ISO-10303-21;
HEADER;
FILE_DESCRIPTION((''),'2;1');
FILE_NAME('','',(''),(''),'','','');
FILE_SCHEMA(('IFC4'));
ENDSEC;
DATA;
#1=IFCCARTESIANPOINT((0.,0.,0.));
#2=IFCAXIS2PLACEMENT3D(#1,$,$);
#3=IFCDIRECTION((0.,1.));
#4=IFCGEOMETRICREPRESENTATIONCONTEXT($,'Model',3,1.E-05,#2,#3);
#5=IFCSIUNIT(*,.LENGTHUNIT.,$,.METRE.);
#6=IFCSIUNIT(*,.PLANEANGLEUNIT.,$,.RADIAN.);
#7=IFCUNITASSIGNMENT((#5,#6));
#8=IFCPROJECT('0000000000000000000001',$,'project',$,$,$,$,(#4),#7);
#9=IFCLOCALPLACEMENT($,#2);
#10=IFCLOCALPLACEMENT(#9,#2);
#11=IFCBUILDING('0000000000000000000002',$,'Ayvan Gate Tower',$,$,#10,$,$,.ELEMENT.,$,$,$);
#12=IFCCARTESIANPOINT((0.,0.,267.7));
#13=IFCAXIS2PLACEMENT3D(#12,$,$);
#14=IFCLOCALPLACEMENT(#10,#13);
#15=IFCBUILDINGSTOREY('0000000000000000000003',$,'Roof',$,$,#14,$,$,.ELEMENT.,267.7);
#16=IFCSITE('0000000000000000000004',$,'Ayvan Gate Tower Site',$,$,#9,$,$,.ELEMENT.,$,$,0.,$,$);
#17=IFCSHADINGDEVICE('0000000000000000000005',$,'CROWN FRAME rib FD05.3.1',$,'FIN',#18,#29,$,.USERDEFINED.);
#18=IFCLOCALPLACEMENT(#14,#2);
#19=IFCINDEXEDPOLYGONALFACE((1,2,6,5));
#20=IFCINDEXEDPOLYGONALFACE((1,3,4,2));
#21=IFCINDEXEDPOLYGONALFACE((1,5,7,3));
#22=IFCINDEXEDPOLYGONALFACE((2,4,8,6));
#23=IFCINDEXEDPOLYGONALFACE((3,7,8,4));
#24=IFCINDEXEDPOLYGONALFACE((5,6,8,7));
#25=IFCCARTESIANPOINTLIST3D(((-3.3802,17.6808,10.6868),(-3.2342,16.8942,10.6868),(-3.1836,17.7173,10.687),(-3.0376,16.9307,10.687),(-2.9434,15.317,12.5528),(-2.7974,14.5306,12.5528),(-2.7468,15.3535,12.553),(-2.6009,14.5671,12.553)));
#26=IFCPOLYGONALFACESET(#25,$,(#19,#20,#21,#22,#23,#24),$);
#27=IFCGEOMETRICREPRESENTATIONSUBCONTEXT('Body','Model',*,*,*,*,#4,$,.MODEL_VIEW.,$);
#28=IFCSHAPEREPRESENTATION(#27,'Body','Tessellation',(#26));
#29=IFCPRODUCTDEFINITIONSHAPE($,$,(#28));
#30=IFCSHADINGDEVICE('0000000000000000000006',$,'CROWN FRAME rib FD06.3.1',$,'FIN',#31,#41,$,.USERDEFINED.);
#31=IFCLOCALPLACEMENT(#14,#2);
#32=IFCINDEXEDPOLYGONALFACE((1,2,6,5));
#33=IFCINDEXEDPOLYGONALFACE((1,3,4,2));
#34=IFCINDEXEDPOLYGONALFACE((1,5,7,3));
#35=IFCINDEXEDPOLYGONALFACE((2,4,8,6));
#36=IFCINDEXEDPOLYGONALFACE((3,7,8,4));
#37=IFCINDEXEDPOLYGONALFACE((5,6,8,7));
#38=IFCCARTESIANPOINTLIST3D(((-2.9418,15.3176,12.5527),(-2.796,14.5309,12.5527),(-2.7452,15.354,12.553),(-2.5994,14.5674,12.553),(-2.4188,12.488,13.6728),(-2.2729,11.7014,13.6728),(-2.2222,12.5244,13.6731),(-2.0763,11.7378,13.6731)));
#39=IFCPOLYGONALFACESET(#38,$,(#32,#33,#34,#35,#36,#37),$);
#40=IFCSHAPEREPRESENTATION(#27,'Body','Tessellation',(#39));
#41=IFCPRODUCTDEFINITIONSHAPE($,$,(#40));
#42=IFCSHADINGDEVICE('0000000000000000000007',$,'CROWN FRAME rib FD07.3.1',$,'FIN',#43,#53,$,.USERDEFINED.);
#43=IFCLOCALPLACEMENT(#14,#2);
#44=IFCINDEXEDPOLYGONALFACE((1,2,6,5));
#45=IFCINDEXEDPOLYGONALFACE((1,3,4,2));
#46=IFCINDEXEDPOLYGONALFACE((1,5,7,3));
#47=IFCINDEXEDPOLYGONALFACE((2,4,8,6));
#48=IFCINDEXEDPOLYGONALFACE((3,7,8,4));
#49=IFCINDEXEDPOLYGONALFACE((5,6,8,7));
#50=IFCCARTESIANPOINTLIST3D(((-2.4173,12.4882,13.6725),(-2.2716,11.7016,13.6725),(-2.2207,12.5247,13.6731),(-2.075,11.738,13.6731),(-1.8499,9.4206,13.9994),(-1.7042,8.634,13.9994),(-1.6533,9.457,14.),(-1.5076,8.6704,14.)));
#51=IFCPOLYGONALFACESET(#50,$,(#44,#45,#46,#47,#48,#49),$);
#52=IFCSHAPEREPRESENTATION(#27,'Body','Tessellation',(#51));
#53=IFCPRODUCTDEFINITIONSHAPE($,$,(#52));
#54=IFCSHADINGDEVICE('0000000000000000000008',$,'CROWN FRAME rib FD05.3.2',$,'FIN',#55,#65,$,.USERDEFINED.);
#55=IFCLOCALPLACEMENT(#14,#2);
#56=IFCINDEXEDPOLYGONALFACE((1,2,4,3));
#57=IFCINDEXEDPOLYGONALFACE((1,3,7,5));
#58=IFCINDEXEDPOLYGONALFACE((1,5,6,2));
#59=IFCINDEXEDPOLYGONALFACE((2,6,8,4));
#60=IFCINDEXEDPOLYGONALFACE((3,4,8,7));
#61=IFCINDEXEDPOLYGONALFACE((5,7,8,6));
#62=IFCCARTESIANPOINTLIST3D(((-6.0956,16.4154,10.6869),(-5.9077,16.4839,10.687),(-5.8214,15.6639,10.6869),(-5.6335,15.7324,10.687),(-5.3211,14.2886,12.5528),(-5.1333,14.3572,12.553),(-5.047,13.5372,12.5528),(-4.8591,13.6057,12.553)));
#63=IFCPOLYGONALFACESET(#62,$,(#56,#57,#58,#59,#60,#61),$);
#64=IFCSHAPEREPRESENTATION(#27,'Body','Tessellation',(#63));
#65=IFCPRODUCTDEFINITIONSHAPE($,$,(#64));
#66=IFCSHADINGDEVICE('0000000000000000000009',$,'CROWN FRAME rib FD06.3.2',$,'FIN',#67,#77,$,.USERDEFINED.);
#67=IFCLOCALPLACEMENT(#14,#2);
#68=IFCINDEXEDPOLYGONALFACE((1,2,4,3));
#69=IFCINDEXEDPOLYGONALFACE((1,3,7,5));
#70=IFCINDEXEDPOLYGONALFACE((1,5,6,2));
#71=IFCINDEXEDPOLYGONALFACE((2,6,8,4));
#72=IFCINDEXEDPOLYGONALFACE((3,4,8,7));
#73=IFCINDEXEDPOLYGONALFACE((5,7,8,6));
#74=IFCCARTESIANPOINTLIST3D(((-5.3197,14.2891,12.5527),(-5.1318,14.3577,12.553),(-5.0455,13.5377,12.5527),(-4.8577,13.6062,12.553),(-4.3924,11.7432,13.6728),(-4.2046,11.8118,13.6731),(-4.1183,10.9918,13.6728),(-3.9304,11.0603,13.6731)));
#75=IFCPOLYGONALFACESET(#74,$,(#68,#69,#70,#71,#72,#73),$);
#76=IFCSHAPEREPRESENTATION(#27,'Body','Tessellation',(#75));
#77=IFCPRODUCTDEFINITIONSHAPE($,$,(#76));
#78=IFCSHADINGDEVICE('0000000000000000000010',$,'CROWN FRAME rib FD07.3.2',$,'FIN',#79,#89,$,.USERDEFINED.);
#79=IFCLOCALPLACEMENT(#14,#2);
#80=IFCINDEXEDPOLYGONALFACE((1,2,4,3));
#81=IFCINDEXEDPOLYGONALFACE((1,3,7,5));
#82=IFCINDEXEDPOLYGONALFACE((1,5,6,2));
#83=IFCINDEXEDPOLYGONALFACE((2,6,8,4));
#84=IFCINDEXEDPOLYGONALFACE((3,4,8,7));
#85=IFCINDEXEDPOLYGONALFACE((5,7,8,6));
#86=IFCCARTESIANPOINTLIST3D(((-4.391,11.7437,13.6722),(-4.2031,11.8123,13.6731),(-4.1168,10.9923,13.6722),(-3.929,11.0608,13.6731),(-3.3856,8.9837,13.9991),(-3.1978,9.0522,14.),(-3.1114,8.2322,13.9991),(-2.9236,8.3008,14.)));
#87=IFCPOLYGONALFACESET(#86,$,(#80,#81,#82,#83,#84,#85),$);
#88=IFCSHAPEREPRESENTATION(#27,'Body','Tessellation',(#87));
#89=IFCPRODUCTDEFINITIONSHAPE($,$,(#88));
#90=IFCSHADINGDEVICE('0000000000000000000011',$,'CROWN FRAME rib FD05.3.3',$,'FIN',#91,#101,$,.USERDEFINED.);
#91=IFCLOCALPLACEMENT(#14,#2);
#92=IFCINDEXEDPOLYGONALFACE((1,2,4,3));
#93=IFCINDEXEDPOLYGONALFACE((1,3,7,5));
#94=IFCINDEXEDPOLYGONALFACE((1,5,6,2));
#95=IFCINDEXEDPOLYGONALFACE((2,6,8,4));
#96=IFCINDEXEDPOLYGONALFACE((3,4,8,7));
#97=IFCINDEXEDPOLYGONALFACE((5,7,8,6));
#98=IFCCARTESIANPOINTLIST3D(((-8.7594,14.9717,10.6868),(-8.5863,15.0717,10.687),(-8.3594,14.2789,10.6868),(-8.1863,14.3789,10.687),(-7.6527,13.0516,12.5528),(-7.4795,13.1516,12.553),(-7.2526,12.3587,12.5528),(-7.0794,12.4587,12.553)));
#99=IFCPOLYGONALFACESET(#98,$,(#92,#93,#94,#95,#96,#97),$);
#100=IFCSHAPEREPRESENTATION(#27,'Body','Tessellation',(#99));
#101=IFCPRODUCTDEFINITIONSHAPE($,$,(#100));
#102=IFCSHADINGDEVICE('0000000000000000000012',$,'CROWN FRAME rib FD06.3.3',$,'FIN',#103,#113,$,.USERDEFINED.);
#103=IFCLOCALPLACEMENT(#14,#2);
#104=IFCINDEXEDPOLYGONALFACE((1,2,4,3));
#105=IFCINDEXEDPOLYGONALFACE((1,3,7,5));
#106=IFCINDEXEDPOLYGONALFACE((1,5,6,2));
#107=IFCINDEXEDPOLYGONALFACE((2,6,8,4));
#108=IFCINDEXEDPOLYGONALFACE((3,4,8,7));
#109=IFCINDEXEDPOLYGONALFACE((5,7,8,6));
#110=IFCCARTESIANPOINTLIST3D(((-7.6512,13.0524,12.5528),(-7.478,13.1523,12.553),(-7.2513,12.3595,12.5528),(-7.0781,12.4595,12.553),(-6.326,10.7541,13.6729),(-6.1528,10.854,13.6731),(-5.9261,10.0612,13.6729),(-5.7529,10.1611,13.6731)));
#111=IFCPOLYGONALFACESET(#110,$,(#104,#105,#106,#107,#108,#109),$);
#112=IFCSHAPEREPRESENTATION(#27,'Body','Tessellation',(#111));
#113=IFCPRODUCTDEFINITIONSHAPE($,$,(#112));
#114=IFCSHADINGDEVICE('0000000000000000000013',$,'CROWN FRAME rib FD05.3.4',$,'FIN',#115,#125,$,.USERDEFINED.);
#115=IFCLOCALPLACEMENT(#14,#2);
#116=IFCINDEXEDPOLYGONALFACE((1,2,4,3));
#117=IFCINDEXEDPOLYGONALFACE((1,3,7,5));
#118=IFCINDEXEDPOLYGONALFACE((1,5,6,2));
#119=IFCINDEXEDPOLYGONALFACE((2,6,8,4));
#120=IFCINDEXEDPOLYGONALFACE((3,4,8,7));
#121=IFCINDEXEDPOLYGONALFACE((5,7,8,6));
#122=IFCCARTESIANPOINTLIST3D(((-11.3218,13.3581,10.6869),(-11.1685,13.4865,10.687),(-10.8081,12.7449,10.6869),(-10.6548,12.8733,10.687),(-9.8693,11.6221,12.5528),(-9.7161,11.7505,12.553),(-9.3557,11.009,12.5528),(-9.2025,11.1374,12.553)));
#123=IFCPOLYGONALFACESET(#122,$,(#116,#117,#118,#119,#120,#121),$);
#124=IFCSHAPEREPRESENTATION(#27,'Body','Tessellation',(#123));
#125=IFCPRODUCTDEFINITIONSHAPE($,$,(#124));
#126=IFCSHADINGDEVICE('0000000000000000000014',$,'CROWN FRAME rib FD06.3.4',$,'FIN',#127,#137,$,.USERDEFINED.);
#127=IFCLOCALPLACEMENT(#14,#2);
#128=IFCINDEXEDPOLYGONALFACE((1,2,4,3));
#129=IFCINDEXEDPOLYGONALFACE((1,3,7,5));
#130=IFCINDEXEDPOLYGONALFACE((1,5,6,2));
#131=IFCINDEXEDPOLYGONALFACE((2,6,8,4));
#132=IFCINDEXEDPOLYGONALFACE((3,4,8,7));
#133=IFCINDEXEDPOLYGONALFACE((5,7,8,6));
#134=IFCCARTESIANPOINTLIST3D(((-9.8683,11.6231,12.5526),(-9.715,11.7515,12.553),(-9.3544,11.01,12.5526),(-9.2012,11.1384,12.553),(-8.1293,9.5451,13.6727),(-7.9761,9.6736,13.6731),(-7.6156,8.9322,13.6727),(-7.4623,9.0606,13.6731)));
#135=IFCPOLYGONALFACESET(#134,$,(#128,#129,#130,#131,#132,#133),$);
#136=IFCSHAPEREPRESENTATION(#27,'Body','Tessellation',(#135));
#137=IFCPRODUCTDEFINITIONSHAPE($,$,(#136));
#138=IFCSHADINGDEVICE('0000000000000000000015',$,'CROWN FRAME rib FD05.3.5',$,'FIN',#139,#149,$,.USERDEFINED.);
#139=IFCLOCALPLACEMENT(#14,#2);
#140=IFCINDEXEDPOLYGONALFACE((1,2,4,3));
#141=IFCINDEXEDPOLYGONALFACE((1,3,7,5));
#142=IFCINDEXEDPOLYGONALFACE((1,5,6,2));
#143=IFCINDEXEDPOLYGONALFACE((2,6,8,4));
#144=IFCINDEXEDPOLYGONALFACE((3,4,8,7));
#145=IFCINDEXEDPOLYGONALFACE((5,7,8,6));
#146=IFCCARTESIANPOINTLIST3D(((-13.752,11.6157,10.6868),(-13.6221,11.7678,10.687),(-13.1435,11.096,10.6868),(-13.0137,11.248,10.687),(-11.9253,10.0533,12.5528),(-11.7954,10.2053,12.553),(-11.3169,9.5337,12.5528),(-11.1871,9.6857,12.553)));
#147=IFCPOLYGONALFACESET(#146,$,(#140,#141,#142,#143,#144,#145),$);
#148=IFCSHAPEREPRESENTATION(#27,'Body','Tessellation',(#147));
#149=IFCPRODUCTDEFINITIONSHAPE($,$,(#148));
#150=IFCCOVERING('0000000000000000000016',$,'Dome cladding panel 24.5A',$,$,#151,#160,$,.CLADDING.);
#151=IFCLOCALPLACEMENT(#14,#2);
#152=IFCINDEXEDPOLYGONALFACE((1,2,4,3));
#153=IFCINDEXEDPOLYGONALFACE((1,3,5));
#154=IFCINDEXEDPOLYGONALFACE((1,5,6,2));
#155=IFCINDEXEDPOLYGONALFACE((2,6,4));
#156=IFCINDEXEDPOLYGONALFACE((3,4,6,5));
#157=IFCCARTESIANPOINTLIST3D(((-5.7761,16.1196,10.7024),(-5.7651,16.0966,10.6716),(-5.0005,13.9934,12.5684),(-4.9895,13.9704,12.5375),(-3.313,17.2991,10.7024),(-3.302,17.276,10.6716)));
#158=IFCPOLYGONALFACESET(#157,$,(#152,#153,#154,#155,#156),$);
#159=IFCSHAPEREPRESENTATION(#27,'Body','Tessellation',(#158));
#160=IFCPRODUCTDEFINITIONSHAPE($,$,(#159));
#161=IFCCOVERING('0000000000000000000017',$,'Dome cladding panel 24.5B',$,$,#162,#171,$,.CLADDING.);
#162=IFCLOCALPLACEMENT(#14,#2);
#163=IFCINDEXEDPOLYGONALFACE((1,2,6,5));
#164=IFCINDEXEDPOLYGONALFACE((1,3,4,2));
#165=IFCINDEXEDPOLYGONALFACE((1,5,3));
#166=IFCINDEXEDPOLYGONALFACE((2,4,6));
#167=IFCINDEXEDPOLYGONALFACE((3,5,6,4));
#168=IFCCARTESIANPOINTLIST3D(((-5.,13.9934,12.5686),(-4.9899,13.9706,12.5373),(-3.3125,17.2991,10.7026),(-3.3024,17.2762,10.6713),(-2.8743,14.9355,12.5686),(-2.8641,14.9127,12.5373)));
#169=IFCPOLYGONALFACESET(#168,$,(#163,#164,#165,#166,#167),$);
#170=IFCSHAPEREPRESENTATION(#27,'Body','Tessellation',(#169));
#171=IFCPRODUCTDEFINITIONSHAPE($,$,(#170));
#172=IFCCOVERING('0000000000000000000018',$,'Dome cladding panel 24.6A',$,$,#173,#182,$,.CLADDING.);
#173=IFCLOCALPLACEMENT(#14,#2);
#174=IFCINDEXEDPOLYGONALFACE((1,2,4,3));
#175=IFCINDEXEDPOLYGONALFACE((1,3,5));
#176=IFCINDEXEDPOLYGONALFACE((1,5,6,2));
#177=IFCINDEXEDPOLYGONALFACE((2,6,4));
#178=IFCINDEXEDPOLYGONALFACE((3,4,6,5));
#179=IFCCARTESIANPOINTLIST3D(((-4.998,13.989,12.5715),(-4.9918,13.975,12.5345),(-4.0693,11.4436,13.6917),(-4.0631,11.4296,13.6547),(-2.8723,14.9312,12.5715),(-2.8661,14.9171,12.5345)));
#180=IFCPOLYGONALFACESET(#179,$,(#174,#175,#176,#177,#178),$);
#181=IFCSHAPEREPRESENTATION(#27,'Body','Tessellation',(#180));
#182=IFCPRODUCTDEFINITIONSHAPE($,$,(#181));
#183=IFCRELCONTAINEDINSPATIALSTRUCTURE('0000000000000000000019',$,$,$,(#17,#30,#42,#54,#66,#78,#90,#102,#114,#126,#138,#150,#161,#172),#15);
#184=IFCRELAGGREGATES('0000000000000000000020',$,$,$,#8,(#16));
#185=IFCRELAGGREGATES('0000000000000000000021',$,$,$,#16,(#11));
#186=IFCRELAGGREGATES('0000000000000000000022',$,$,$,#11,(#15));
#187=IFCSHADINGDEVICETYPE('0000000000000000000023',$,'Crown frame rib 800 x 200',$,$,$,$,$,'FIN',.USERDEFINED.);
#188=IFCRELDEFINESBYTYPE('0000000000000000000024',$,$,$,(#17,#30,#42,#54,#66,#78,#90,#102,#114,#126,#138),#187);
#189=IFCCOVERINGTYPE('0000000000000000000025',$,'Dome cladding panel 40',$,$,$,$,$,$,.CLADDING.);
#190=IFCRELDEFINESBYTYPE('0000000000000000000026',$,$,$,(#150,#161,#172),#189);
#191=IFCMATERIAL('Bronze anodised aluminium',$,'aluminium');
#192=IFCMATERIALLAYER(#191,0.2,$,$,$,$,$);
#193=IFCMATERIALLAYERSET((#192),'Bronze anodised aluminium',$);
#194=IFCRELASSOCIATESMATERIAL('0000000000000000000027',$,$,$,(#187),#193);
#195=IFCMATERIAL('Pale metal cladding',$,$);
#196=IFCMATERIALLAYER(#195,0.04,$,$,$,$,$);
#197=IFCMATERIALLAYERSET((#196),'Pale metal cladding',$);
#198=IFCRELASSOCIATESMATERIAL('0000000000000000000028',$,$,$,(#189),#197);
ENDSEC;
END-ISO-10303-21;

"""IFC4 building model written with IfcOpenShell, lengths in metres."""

from ifc_helpers import new_model, si_unit, direction, frame, origin, place, context, subcontext, project, spatial, polyline, outline, extrude, material, layer, layer_set, type_object, element, save


model = new_model("IFC4")

# Units and contexts
model_context = context("Model", 3, precision=1e-05, world=origin(), true_north=direction((0.0, 1.0)))
body_context = subcontext(model_context, "Body", "Model", "MODEL_VIEW")
ifc_project = project(units=[si_unit("LENGTHUNIT", "METRE"), si_unit("PLANEANGLEUNIT", "RADIAN")], contexts=[model_context])

# Site, building, storey
site_placement = place(None, origin())
site = spatial("IfcSite", under=ifc_project, at=site_placement, Name="Ayvan Gate Tower Site", CompositionType="ELEMENT", RefElevation=0.0)
building_placement = place(site_placement, origin())
building = spatial("IfcBuilding", under=site, at=building_placement, Name="Ayvan Gate Tower", CompositionType="ELEMENT")
storey_placement = place(building_placement, frame((0.0, 0.0, 267.7)))
storey = spatial("IfcBuildingStorey", under=building, at=storey_placement, Name="Roof", CompositionType="ELEMENT", Elevation=267.7)

# Shading devices
ifc_material_1 = material(Name="Bronze anodised aluminium", Category="aluminium")
ifc_layer_1 = layer(ifc_material_1, 0.2)
ifc_layer_set_1 = layer_set([ifc_layer_1], Name="Bronze anodised aluminium")
shading_device_type = type_object("IfcShadingDeviceType", Name="Crown frame rib 800 x 200", ElementType="FIN", PredefinedType="USERDEFINED", material=ifc_layer_set_1)
shading_device_1_placement = place(storey_placement, frame((-3.0376, 16.9307, 10.687), z_axis=(0.983203, 0.18251, 0.001049), x_axis=(-0.18251, 0.983204, 0.0)))
element("IfcShadingDevice", 1, at=shading_device_1_placement, inside=storey, type_object=shading_device_type, Name="CROWN FRAME rib FD05.3.1", ObjectType="FIN", PredefinedType="USERDEFINED", context=body_context, shape_type="SweptSolid", body=[
    extrude(outline(polyline([(0.0, 0.0), (0.8001, 0.0), (-1.6037, 1.866), (-2.4035, 1.866), (0.0, 0.0)])), origin(), (0.0, 0.0, -1.0), 0.2),
])
shading_device_2_placement = place(storey_placement, frame((-2.5994, 14.5674, 12.553), z_axis=(0.983235, 0.182335, 0.001456), x_axis=(-0.182335, 0.983236, 0.0)))
element("IfcShadingDevice", 2, at=shading_device_2_placement, inside=storey, type_object=shading_device_type, Name="CROWN FRAME rib FD06.3.1", ObjectType="FIN", PredefinedType="USERDEFINED", context=body_context, shape_type="SweptSolid", body=[
    extrude(outline(polyline([(0.0, 0.0), (0.8001, 0.0), (-2.0775, 1.1201), (-2.8775, 1.1201), (0.0, 0.0)])), origin(), (0.0, 0.0, -1.0), 0.2),
])
shading_device_3_placement = place(storey_placement, frame((-2.075, 11.738, 13.6731), z_axis=(0.983259, 0.182187, 0.003049), x_axis=(-0.182188, 0.983264, 0.0)))
element("IfcShadingDevice", 3, at=shading_device_3_placement, inside=storey, type_object=shading_device_type, Name="CROWN FRAME rib FD07.3.1", ObjectType="FIN", PredefinedType="USERDEFINED", context=body_context, shape_type="SweptSolid", body=[
    extrude(outline(polyline([(0.0, 0.0), (0.8, 0.0), (-2.3196, 0.3269), (-3.1197, 0.3269), (0.0, 0.0)])), origin(), (0.0, 0.0, -1.0), 0.2),
])
shading_device_4_placement = place(storey_placement, frame((-5.6335, 15.7324, 10.687), z_axis=(0.939427, 0.342748, 0.00076), x_axis=(-0.342748, 0.939428, 0.0)))
element("IfcShadingDevice", 4, at=shading_device_4_placement, inside=storey, type_object=shading_device_type, Name="CROWN FRAME rib FD05.3.2", ObjectType="FIN", PredefinedType="USERDEFINED", context=body_context, shape_type="SweptSolid", body=[
    extrude(outline(polyline([(0.0, 0.0), (0.7999, 0.0), (-1.4634, 1.866), (-2.2633, 1.866), (0.0, 0.0)])), origin(), (0.0, 0.0, -1.0), 0.2),
])
shading_device_5_placement = place(storey_placement, frame((-4.8577, 13.6062, 12.553), z_axis=(0.939427, 0.342747, 0.001357), x_axis=(-0.342748, 0.939428, 0.0)))
element("IfcShadingDevice", 5, at=shading_device_5_placement, inside=storey, type_object=shading_device_type, Name="CROWN FRAME rib FD06.3.2", ObjectType="FIN", PredefinedType="USERDEFINED", context=body_context, shape_type="SweptSolid", body=[
    extrude(outline(polyline([(0.0, 0.0), (0.7999, 0.0), (-1.9096, 1.1201), (-2.7095, 1.1201), (0.0, 0.0)])), origin(), (0.0, 0.0, -1.0), 0.2),
])
shading_device_6_placement = place(storey_placement, frame((-3.929, 11.0608, 13.6731), z_axis=(0.939417, 0.342744, 0.00463), x_axis=(-0.342748, 0.939428, 0.0)))
element("IfcShadingDevice", 6, at=shading_device_6_placement, inside=storey, type_object=shading_device_type, Name="CROWN FRAME rib FD07.3.2", ObjectType="FIN", PredefinedType="USERDEFINED", context=body_context, shape_type="SweptSolid", body=[
    extrude(outline(polyline([(0.0, 0.0), (0.7999, 0.0), (-2.1375, 0.3269), (-2.9374, 0.3269), (0.0, 0.0)])), origin(), (0.0, 0.0, -1.0), 0.2),
])
shading_device_7_placement = place(storey_placement, frame((-8.1863, 14.3789, 10.687), z_axis=(0.866028, 0.499995, 0.000828), x_axis=(-0.499995, 0.866028, 0.0)))
element("IfcShadingDevice", 7, at=shading_device_7_placement, inside=storey, type_object=shading_device_type, Name="CROWN FRAME rib FD05.3.3", ObjectType="FIN", PredefinedType="USERDEFINED", context=body_context, shape_type="SweptSolid", body=[
    extrude(outline(polyline([(0.0, 0.0), (0.8, 0.0), (-1.4163, 1.866), (-2.2164, 1.866), (0.0, 0.0)])), origin(), (0.0, 0.0, -1.0), 0.2),
])
shading_device_8_placement = place(storey_placement, frame((-7.0781, 12.4595, 12.553), z_axis=(0.866094, 0.499881, 0.001029), x_axis=(-0.499881, 0.866094, 0.0)))
element("IfcShadingDevice", 8, at=shading_device_8_placement, inside=storey, type_object=shading_device_type, Name="CROWN FRAME rib FD06.3.3", ObjectType="FIN", PredefinedType="USERDEFINED", context=body_context, shape_type="SweptSolid", body=[
    extrude(outline(polyline([(0.0, 0.0), (0.8, 0.0), (-1.853, 1.1201), (-2.653, 1.1201), (0.0, 0.0)])), origin(), (0.0, 0.0, -1.0), 0.2),
])
shading_device_9_placement = place(storey_placement, frame((-10.6548, 12.8733, 10.687), z_axis=(0.766555, 0.642178, 0.000782), x_axis=(-0.642179, 0.766555, 0.0)))
element("IfcShadingDevice", 9, at=shading_device_9_placement, inside=storey, type_object=shading_device_type, Name="CROWN FRAME rib FD05.3.4", ObjectType="FIN", PredefinedType="USERDEFINED", context=body_context, shape_type="SweptSolid", body=[
    extrude(outline(polyline([(0.0, 0.0), (0.8, 0.0), (-1.4635, 1.866), (-2.2633, 1.866), (0.0, 0.0)])), origin(), (0.0, 0.0, -1.0), 0.2),
])
shading_device_10_placement = place(storey_placement, frame((-9.2012, 11.1384, 12.553), z_axis=(0.766416, 0.642342, 0.001783), x_axis=(-0.642343, 0.766417, 0.0)))
element("IfcShadingDevice", 10, at=shading_device_10_placement, inside=storey, type_object=shading_device_type, Name="CROWN FRAME rib FD06.3.4", ObjectType="FIN", PredefinedType="USERDEFINED", context=body_context, shape_type="SweptSolid", body=[
    extrude(outline(polyline([(0.0, 0.0), (0.8, 0.0), (-1.9096, 1.1201), (-2.7094, 1.1201), (0.0, 0.0)])), origin(), (0.0, 0.0, -1.0), 0.2),
])
shading_device_11_placement = place(storey_placement, frame((-13.0137, 11.248, 10.687), z_axis=(0.649471, 0.760386, 0.000883), x_axis=(-0.760386, 0.649471, 0.0)))
element("IfcShadingDevice", 11, at=shading_device_11_placement, inside=storey, type_object=shading_device_type, Name="CROWN FRAME rib FD05.3.5", ObjectType="FIN", PredefinedType="USERDEFINED", context=body_context, shape_type="SweptSolid", body=[
    extrude(outline(polyline([(0.0, 0.0), (0.8002, 0.0), (-1.6036, 1.866), (-2.4036, 1.866), (0.0, 0.0)])), origin(), (0.0, 0.0, -1.0), 0.2),
])

# Coverings
ifc_material_2 = material(Name="Pale metal cladding")
ifc_layer_2 = layer(ifc_material_2, 0.04)
ifc_layer_set_2 = layer_set([ifc_layer_2], Name="Pale metal cladding")
covering_type = type_object("IfcCoveringType", Name="Dome cladding panel 40", PredefinedType="CLADDING", material=ifc_layer_set_2)
covering_1_placement = place(storey_placement, frame((-3.313, 17.2991, 10.7024), z_axis=(-0.275499, 0.575349, 0.770113), x_axis=(-0.901931, -0.431879, 0.0)))
element("IfcCovering", 12, at=covering_1_placement, inside=storey, type_object=covering_type, Name="Dome cladding panel 24.5A", PredefinedType="CLADDING", context=body_context, shape_type="SweptSolid", body=[
    extrude(outline(polyline([(0.0, 0.0), (2.731, 0.0), (2.9497, 2.9251), (0.0, 0.0)])), origin(), (0.0, 0.0, -1.0), 0.04),
])
covering_2_placement = place(storey_placement, frame((-3.3125, 17.2991, 10.7026), z_axis=(-0.252731, 0.570233, 0.78164), x_axis=(-0.406221, -0.795751, 0.449182)))
element("IfcCovering", 13, at=covering_2_placement, inside=storey, type_object=covering_type, Name="Dome cladding panel 24.5B", PredefinedType="CLADDING", context=body_context, shape_type="SweptSolid", body=[
    extrude(outline(polyline([(0.0, 0.0), (4.1541, 0.0), (2.5409, 1.6745), (0.0, 0.0)])), origin(), (0.0, 0.0, -1.0), 0.04),
])
covering_3_placement = place(storey_placement, frame((-2.8723, 14.9312, 12.5715), z_axis=(-0.1551, 0.34995, 0.923839), x_axis=(-0.914231, -0.405193, 0.0)))
element("IfcCovering", 14, at=covering_3_placement, inside=storey, type_object=covering_type, Name="Dome cladding panel 24.6A", PredefinedType="CLADDING", context=body_context, shape_type="SweptSolid", body=[
    extrude(outline(polyline([(0.0, 0.0), (2.3252, 0.0), (2.5075, 2.9263), (0.0, 0.0)])), origin(), (0.0, 0.0, -1.0), 0.04),
])

save(model, "model.ifc")
